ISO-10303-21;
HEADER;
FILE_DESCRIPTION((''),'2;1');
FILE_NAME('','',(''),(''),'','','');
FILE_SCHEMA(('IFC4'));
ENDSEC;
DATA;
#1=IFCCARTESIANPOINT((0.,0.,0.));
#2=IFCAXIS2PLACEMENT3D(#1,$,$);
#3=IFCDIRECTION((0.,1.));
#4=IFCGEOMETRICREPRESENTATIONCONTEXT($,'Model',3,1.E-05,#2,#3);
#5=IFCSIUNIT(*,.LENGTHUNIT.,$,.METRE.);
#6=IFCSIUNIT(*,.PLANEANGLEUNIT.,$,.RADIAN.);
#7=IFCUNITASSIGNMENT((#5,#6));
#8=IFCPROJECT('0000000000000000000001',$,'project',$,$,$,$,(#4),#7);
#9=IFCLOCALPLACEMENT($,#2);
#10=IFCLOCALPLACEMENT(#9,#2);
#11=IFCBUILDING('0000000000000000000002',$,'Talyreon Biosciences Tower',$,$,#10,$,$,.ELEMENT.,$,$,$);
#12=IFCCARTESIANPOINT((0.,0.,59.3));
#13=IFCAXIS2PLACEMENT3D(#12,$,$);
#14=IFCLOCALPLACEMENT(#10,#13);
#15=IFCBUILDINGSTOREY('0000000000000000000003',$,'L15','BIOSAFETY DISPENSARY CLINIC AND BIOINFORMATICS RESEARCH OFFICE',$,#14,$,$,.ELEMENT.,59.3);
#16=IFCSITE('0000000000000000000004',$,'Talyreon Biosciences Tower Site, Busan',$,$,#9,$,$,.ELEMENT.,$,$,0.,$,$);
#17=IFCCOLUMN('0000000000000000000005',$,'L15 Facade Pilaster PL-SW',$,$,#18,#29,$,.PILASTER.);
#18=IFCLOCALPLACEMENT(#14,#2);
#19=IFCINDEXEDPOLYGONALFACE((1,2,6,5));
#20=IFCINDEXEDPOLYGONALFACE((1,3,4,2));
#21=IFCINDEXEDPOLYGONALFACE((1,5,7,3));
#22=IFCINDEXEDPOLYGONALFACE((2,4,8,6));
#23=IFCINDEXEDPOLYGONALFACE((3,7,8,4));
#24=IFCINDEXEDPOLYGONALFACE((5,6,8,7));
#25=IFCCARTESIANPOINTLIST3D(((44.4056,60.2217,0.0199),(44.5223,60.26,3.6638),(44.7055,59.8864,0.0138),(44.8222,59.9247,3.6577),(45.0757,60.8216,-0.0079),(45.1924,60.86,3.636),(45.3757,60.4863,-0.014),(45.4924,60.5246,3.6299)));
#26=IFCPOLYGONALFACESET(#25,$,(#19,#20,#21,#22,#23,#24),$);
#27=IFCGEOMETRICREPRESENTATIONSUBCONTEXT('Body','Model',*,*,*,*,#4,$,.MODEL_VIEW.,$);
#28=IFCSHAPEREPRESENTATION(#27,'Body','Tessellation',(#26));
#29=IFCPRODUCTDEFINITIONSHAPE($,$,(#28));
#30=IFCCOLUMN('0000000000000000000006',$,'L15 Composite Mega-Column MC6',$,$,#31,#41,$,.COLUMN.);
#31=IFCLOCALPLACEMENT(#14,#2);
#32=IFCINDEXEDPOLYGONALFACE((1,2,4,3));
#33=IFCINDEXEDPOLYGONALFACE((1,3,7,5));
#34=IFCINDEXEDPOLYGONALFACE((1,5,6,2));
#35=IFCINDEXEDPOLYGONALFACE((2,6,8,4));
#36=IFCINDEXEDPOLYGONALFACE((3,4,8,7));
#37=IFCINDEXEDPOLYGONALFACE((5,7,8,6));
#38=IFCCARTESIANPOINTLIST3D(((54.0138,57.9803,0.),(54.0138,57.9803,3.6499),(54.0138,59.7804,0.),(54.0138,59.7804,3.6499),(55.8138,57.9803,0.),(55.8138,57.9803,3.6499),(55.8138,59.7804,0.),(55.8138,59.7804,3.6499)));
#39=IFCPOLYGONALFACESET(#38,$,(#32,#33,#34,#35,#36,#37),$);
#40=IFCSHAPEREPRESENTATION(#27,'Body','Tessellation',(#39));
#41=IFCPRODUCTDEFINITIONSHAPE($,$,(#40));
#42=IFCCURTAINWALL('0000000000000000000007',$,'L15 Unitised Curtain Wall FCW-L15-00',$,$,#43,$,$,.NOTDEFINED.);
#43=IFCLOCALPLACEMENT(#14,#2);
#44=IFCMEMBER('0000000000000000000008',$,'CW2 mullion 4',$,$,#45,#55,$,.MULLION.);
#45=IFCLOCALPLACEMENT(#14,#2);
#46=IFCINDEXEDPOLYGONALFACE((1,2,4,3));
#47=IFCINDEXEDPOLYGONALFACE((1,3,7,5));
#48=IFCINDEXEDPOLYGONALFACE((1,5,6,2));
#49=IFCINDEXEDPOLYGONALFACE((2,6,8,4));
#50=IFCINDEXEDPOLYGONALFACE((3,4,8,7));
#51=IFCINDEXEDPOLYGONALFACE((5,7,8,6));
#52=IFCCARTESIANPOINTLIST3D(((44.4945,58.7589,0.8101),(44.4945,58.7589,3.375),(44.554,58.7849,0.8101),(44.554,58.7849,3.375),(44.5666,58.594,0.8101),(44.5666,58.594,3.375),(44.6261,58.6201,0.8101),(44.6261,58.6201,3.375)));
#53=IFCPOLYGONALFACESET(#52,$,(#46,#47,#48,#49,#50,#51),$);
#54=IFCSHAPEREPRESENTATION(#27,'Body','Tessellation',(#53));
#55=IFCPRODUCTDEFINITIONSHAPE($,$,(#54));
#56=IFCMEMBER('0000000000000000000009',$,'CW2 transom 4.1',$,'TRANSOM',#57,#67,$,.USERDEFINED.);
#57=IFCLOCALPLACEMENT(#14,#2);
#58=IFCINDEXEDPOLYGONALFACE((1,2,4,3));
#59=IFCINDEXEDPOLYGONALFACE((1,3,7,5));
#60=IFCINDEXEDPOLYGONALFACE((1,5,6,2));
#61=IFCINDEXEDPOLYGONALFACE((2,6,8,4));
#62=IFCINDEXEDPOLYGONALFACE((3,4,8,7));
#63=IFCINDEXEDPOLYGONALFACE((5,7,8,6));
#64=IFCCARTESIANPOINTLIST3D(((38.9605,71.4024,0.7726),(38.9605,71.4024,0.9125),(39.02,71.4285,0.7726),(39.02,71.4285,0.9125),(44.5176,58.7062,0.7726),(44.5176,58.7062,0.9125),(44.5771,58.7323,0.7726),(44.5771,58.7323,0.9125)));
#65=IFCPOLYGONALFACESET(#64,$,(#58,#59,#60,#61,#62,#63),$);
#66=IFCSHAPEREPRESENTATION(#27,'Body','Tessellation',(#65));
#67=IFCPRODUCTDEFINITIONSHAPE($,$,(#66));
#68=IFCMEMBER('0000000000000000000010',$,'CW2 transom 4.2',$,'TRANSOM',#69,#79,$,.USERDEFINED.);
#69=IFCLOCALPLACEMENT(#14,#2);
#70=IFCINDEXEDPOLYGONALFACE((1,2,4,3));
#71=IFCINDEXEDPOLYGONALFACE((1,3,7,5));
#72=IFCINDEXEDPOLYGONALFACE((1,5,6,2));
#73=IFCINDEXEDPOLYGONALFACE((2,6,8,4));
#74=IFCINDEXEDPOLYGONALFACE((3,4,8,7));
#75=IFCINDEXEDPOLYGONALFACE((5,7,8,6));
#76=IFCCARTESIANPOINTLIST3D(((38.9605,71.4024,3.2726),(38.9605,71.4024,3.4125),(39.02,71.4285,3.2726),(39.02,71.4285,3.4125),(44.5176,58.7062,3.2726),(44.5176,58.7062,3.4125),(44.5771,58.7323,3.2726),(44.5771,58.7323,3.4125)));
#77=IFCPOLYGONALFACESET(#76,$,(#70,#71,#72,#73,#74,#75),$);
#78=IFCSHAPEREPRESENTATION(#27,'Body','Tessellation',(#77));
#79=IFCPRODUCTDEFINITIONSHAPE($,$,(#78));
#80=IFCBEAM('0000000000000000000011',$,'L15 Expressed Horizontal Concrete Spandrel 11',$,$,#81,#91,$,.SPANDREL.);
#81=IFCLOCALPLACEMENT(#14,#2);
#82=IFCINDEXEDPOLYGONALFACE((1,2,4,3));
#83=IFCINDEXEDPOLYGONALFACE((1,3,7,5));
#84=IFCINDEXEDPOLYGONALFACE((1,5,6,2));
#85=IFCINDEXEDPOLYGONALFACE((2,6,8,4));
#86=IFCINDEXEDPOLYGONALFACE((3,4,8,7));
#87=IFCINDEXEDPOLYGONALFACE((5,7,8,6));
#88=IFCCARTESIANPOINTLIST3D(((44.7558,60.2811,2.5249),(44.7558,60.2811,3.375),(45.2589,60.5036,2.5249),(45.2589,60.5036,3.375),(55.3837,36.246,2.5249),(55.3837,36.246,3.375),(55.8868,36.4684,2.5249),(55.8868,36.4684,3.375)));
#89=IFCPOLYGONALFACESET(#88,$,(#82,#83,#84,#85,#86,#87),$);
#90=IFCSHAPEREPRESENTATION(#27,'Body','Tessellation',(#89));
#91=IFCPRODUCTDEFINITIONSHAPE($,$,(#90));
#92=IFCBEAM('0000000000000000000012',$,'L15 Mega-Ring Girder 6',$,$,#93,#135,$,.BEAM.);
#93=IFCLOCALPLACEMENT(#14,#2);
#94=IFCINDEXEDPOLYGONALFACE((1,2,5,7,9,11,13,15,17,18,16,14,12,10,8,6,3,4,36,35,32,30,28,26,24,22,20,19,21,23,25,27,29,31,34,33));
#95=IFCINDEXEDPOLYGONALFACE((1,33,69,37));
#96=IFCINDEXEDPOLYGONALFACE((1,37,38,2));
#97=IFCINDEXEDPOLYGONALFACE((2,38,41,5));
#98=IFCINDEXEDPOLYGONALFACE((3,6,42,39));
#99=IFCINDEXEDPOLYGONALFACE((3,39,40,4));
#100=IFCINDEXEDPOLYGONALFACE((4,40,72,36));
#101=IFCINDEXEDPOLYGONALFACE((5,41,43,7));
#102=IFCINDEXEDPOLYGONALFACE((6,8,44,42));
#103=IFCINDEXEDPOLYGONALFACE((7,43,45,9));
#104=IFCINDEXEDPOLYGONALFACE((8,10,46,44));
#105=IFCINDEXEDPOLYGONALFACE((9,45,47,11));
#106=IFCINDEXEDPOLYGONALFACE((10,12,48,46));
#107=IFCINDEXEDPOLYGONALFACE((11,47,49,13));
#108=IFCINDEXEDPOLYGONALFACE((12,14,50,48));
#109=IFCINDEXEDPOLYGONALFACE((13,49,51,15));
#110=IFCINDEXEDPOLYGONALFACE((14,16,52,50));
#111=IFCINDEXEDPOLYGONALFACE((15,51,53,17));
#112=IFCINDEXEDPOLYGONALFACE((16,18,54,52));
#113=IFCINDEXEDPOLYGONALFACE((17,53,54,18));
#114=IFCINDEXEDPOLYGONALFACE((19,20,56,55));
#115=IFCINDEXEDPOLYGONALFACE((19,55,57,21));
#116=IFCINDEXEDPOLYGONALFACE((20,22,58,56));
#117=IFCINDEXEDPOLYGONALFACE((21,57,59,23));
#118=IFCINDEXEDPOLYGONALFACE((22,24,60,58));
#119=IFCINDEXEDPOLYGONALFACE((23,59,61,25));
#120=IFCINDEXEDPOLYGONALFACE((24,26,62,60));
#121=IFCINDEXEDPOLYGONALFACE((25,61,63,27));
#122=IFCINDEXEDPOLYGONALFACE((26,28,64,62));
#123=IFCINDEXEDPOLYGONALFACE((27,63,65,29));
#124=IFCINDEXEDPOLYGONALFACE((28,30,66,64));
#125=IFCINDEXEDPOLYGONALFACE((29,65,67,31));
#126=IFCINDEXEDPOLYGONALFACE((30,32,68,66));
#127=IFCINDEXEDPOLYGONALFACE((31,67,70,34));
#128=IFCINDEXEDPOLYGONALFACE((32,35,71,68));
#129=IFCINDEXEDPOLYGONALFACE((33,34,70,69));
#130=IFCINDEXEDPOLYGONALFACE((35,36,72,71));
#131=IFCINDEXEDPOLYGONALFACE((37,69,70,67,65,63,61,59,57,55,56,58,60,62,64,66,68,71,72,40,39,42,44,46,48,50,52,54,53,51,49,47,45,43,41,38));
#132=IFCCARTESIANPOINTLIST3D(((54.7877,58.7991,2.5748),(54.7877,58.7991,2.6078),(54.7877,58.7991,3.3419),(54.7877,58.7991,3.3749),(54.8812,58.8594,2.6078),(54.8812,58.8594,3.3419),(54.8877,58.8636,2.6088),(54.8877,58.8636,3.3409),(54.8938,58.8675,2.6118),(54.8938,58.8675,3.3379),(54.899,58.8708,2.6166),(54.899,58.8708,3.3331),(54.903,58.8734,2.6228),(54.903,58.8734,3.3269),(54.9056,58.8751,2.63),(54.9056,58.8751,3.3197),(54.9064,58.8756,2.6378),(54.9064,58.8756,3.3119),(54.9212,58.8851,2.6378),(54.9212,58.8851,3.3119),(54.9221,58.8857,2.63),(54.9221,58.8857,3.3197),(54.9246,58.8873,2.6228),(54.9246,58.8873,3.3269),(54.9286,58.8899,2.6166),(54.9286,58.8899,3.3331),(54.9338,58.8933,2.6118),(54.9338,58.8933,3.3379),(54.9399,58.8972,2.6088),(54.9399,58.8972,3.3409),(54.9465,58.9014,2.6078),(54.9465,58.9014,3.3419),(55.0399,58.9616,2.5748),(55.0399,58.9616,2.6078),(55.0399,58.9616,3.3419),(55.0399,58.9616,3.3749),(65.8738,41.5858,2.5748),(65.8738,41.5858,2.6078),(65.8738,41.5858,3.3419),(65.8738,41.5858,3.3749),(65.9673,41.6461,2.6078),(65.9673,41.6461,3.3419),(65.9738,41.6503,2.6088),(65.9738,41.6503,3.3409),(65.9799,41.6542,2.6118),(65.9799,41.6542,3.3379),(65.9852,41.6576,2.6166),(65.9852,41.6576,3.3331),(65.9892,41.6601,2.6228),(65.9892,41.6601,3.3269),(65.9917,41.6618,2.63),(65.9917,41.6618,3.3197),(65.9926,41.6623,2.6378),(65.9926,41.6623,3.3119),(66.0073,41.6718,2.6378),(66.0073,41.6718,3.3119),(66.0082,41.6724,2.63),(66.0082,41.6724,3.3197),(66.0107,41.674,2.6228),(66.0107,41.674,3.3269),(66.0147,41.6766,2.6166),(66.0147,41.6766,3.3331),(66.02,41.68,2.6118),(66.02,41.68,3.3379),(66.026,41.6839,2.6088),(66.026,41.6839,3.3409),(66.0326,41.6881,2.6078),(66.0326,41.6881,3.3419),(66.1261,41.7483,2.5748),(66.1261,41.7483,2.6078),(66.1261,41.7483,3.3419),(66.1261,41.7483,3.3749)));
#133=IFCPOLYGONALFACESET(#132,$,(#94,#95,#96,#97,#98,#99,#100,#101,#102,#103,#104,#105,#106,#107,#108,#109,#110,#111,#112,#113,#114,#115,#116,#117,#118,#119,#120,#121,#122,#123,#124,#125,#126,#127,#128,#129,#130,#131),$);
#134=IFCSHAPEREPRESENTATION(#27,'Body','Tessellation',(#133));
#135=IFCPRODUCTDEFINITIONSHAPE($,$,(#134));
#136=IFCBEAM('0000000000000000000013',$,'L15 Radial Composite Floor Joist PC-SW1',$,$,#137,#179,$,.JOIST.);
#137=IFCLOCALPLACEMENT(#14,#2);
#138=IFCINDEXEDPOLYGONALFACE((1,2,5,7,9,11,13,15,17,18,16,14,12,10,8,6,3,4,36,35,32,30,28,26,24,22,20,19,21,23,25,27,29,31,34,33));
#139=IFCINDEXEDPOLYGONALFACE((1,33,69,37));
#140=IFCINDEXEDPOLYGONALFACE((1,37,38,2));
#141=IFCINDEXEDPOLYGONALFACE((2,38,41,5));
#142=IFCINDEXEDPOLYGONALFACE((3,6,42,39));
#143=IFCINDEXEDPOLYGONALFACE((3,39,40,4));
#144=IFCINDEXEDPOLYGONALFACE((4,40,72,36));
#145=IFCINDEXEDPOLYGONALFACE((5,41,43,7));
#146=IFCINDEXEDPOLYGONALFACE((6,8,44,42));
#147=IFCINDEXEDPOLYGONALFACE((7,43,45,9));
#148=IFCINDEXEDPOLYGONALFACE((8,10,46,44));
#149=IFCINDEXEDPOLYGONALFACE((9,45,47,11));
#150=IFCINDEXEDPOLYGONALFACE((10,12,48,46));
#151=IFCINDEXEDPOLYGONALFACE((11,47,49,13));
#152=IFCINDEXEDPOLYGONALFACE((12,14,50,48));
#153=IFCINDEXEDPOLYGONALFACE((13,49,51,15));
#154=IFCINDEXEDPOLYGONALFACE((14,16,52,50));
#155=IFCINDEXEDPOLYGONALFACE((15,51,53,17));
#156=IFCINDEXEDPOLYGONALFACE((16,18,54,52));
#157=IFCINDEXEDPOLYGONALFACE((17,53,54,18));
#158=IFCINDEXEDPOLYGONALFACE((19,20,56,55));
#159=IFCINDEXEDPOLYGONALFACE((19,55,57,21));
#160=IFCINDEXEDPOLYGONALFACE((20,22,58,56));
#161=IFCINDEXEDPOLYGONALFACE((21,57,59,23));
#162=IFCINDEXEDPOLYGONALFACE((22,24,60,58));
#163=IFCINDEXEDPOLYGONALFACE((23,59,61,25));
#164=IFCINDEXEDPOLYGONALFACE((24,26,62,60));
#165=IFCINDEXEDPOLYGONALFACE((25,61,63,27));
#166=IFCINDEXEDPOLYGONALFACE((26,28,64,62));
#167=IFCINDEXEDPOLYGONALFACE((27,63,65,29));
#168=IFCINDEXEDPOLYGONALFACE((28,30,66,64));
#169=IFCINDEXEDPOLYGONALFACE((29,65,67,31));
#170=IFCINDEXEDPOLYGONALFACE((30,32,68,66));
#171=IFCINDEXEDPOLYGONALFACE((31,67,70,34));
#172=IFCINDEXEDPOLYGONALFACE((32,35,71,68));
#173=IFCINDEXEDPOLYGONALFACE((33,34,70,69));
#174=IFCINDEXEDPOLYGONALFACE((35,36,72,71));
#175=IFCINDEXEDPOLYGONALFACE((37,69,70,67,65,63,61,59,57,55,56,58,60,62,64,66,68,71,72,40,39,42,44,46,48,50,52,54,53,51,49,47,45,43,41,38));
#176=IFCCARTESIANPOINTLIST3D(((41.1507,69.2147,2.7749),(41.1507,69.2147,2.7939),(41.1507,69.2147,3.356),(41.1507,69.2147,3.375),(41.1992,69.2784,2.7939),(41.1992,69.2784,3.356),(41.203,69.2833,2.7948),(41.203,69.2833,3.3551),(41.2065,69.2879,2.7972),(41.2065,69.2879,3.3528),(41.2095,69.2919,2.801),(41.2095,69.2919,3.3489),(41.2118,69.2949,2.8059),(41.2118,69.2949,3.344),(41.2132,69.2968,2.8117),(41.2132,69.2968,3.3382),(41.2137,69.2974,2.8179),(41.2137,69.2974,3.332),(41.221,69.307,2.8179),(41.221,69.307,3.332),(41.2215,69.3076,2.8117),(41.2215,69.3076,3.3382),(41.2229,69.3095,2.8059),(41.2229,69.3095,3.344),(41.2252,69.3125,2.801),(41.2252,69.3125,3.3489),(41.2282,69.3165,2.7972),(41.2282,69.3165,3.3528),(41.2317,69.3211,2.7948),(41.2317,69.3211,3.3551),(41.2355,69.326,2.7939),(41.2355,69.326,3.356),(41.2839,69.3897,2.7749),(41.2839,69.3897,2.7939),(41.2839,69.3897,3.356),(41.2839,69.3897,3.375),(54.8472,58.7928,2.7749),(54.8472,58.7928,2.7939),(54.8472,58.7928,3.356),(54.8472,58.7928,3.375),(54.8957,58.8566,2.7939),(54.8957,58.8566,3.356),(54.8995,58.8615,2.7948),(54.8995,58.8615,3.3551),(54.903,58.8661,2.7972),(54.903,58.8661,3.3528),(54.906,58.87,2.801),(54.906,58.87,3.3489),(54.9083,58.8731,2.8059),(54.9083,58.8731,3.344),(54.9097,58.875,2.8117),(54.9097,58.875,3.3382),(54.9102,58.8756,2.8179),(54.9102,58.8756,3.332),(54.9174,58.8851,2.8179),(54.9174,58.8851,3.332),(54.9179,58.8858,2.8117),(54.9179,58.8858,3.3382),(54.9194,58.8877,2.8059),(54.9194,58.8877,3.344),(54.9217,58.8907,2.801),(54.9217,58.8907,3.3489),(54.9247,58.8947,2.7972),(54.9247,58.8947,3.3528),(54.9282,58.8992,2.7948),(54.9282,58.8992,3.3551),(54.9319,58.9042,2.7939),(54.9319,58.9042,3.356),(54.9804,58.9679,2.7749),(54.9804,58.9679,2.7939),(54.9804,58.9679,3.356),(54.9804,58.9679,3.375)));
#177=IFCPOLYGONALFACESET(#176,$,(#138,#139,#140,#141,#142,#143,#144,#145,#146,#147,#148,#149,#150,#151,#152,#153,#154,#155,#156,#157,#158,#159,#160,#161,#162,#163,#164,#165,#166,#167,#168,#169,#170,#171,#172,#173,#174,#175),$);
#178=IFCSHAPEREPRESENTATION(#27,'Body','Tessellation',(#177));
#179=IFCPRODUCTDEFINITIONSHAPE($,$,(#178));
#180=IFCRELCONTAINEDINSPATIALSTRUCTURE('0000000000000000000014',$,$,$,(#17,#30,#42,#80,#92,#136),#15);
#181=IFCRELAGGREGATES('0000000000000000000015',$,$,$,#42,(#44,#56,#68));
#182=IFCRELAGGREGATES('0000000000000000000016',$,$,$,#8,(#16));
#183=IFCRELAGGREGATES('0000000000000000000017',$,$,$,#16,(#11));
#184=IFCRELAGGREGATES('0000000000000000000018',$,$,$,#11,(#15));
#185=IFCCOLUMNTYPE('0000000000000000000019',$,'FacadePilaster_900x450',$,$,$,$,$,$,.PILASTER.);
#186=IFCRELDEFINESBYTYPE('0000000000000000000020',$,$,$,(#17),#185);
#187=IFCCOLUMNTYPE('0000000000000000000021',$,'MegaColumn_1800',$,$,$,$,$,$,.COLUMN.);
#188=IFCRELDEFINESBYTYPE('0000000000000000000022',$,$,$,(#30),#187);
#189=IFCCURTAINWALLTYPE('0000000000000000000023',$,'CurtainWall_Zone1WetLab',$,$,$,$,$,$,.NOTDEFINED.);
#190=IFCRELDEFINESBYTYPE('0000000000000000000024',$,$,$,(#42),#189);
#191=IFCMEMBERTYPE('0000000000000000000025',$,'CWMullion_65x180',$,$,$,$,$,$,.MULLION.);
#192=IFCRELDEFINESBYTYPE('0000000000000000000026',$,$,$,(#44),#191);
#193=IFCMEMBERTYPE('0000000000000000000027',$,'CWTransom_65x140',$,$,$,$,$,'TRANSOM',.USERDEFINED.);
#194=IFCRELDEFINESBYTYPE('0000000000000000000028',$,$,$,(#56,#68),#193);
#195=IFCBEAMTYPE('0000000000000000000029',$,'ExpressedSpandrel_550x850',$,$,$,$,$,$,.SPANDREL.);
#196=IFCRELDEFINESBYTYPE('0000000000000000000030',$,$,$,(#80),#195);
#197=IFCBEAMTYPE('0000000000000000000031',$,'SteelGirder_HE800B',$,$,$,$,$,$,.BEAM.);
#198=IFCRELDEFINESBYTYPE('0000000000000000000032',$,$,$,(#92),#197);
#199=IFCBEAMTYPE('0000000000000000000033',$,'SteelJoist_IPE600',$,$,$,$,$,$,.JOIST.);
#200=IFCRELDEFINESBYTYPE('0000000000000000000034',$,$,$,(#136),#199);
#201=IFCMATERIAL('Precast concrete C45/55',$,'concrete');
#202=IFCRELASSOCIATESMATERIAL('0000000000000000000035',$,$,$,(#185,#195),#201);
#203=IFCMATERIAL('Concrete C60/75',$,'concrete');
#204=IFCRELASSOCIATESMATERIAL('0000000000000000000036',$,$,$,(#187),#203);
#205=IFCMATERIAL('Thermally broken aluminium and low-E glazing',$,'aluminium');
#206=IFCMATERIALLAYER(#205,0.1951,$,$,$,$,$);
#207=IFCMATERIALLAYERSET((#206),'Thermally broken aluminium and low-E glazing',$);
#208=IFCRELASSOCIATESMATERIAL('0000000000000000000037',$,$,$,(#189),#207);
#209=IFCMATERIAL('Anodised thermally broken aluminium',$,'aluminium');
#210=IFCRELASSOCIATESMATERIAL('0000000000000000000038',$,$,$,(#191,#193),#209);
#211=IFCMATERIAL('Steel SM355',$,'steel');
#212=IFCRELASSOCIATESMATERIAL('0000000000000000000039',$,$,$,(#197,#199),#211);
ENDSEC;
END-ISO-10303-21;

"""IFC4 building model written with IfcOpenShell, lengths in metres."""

from ifc_helpers import new_model, si_unit, direction, frame, origin, origin_2d, place, context, subcontext, project, spatial, rectangle, i_section, extrude, material, layer, layer_set, material_profile, profile_set, type_object, element, aggregate, save


model = new_model("IFC4")

# Units and contexts
model_context = context("Model", 3, precision=1e-05, world=origin(), true_north=direction((0.0, 1.0)))
body_context = subcontext(model_context, "Body", "Model", "MODEL_VIEW")
ifc_project = project(units=[si_unit("LENGTHUNIT", "METRE"), si_unit("PLANEANGLEUNIT", "RADIAN")], contexts=[model_context])

# Site, building, storey
site_placement = place(None, origin())
site = spatial("IfcSite", under=ifc_project, at=site_placement, Name="Talyreon Biosciences Tower Site, Busan", CompositionType="ELEMENT", RefElevation=0.0)
building_placement = place(site_placement, origin())
building = spatial("IfcBuilding", under=site, at=building_placement, Name="Talyreon Biosciences Tower", CompositionType="ELEMENT")
storey_placement = place(building_placement, frame((0.0, 0.0, 59.3)))
storey = spatial("IfcBuildingStorey", under=building, at=storey_placement, Name="L15", Description="BIOSAFETY DISPENSARY CLINIC AND BIOINFORMATICS RESEARCH OFFICE", CompositionType="ELEMENT", Elevation=59.3)

# Columns
ifc_material_1 = material(Name="Precast concrete C45/55", Category="concrete")
ifc_material_profile_1 = material_profile(ifc_material_1, rectangle(XDim=0.8999, YDim=0.45, at=origin_2d()), Name="RC 900x450")
ifc_profile_set_1 = profile_set([ifc_material_profile_1], Name="Precast concrete C45/55")
column_type_1 = type_object("IfcColumnType", Name="FacadePilaster_900x450", PredefinedType="PILASTER", material=ifc_profile_set_1)
column_1_placement = place(storey_placement, frame((44.8906, 60.354, 0.0029), z_axis=(0.032006, 0.010513, 0.999432), x_axis=(0.744728, 0.666655, -0.030862)))
element("IfcColumn", 1, at=column_1_placement, inside=storey, type_object=column_type_1, Name="L15 Facade Pilaster PL-SW", PredefinedType="PILASTER", context=body_context, shape_type="SweptSolid", body=[
    extrude(rectangle(XDim=0.8999, YDim=0.45, at=origin_2d()), origin(), (0.0, 0.0, 1.0), 3.646),
])
ifc_material_2 = material(Name="Concrete C60/75", Category="concrete")
ifc_material_profile_2 = material_profile(ifc_material_2, rectangle(XDim=1.8, YDim=1.8, at=origin_2d()), Name="RC 1800x1800")
ifc_profile_set_2 = profile_set([ifc_material_profile_2], Name="Concrete C60/75")
column_type_2 = type_object("IfcColumnType", Name="MegaColumn_1800", PredefinedType="COLUMN", material=ifc_profile_set_2)
column_2_placement = place(storey_placement, frame((54.9138, 58.8804, 0.0), z_axis=(0.0, 0.0, 1.0), x_axis=(1.0, 0.0, 0.0)))
element("IfcColumn", 2, at=column_2_placement, inside=storey, type_object=column_type_2, Name="L15 Composite Mega-Column MC6", PredefinedType="COLUMN", context=body_context, shape_type="SweptSolid", body=[
    extrude(rectangle(XDim=1.8, YDim=1.8, at=origin_2d()), origin(), (0.0, 0.0, 1.0), 3.6499),
])

# Curtain wall, members
ifc_material_3 = material(Name="Thermally broken aluminium and low-E glazing", Category="aluminium")
ifc_layer_1 = layer(ifc_material_3, 0.1951)
ifc_layer_set_1 = layer_set([ifc_layer_1], Name="Thermally broken aluminium and low-E glazing")
curtain_wall_type = type_object("IfcCurtainWallType", Name="CurtainWall_Zone1WetLab", PredefinedType="NOTDEFINED", material=ifc_layer_set_1)
curtain_wall_placement = place(storey_placement, origin())
curtain_wall = element("IfcCurtainWall", 3, at=curtain_wall_placement, inside=storey, type_object=curtain_wall_type, Name="L15 Unitised Curtain Wall FCW-L15-00", PredefinedType="NOTDEFINED")
ifc_material_4 = material(Name="Anodised thermally broken aluminium", Category="aluminium")
ifc_material_profile_3 = material_profile(ifc_material_4, rectangle(XDim=0.0649, YDim=0.1799, at=origin_2d()), Name="ALUM MULLION 65x180")
ifc_profile_set_3 = profile_set([ifc_material_profile_3], Name="Anodised thermally broken aluminium")
member_type_1 = type_object("IfcMemberType", Name="CWMullion_65x180", PredefinedType="MULLION", material=ifc_profile_set_3)
member_1_placement = place(storey_placement, frame((44.5603, 58.6895, 0.8101), z_axis=(0.0, 0.0, 1.0), x_axis=(-0.916092, -0.400968, 0.0)))
member_1 = element("IfcMember", 4, at=member_1_placement, type_object=member_type_1, Name="CW2 mullion 4", PredefinedType="MULLION", context=body_context, shape_type="SweptSolid", body=[
    extrude(rectangle(XDim=0.0649, YDim=0.1799, at=origin_2d()), origin(), (0.0, 0.0, 1.0), 2.5649),
])
ifc_material_profile_4 = material_profile(ifc_material_4, rectangle(XDim=0.0649, YDim=0.1399, at=origin_2d()), Name="ALUM TRANSOM 65x140")
ifc_profile_set_4 = profile_set([ifc_material_profile_4], Name="Anodised thermally broken aluminium")
member_type_2 = type_object("IfcMemberType", Name="CWTransom_65x140", ElementType="TRANSOM", PredefinedType="USERDEFINED", material=ifc_profile_set_4)
member_2_placement = place(storey_placement, frame((44.5474, 58.7192, 0.8425), z_axis=(-0.40097, 0.916091, 0.0), x_axis=(-0.916091, -0.40097, 0.0)))
member_2 = element("IfcMember", 5, at=member_2_placement, type_object=member_type_2, Name="CW2 transom 4.1", ObjectType="TRANSOM", PredefinedType="USERDEFINED", context=body_context, shape_type="SweptSolid", body=[
    extrude(rectangle(XDim=0.0649, YDim=0.1399, at=origin_2d()), origin(), (0.0, 0.0, 1.0), 13.8591),
])
member_3_placement = place(storey_placement, frame((44.5474, 58.7192, 3.3425), z_axis=(-0.40097, 0.916091, 0.0), x_axis=(-0.916091, -0.40097, 0.0)))
member_3 = element("IfcMember", 6, at=member_3_placement, type_object=member_type_2, Name="CW2 transom 4.2", ObjectType="TRANSOM", PredefinedType="USERDEFINED", context=body_context, shape_type="SweptSolid", body=[
    extrude(rectangle(XDim=0.0649, YDim=0.1399, at=origin_2d()), origin(), (0.0, 0.0, 1.0), 13.8591),
])

# Beams
ifc_material_profile_5 = material_profile(ifc_material_1, rectangle(XDim=0.55, YDim=0.8501, at=origin_2d()), Name="RCB 550x850")
ifc_profile_set_5 = profile_set([ifc_material_profile_5], Name="Precast concrete C45/55")
beam_type_1 = type_object("IfcBeamType", Name="ExpressedSpandrel_550x850", PredefinedType="SPANDREL", material=ifc_profile_set_5)
beam_1_placement = place(storey_placement, frame((45.0073, 60.3923, 2.95), z_axis=(0.40441, -0.914578, 0.0), x_axis=(0.914578, 0.40441, 0.0)))
element("IfcBeam", 7, at=beam_1_placement, inside=storey, type_object=beam_type_1, Name="L15 Expressed Horizontal Concrete Spandrel 11", PredefinedType="SPANDREL", context=body_context, shape_type="SweptSolid", body=[
    extrude(rectangle(XDim=0.55, YDim=0.8501, at=origin_2d()), origin(), (0.0, 0.0, 1.0), 26.28),
])
ifc_material_5 = material(Name="Steel SM355", Category="steel")
ifc_material_profile_6 = material_profile(ifc_material_5, i_section(OverallWidth=0.3, OverallDepth=0.8, WebThickness=0.0176, FlangeThickness=0.033, FilletRadius=0.03, at=origin_2d()), Name="HE800B")
ifc_profile_set_6 = profile_set([ifc_material_profile_6], Name="Steel SM355")
beam_type_2 = type_object("IfcBeamType", Name="SteelGirder_HE800B", PredefinedType="BEAM", material=ifc_profile_set_6)
beam_2_placement = place(storey_placement, frame((54.9138, 58.8804, 2.9749), z_axis=(0.541464, -0.840724, 0.0), x_axis=(0.840724, 0.541464, 0.0)))
element("IfcBeam", 8, at=beam_2_placement, inside=storey, type_object=beam_type_2, Name="L15 Mega-Ring Girder 6", PredefinedType="BEAM", context=body_context, shape_type="SweptSolid", body=[
    extrude(i_section(OverallWidth=0.3, OverallDepth=0.8, WebThickness=0.0176, FlangeThickness=0.033, FilletRadius=0.03, at=origin_2d()), origin(), (0.0, 0.0, 1.0), 20.4744),
])
ifc_material_profile_7 = material_profile(ifc_material_5, i_section(OverallWidth=0.22, OverallDepth=0.6001, WebThickness=0.012, FlangeThickness=0.019, FilletRadius=0.0239, at=origin_2d()), Name="IPE600")
ifc_profile_set_7 = profile_set([ifc_material_profile_7], Name="Steel SM355")
beam_type_3 = type_object("IfcBeamType", Name="SteelJoist_IPE600", PredefinedType="JOIST", material=ifc_profile_set_7)
beam_3_placement = place(storey_placement, frame((54.9138, 58.8804, 3.075), z_axis=(-0.795812, 0.605544, 0.0), x_axis=(-0.605544, -0.795812, 0.0)))
element("IfcBeam", 9, at=beam_3_placement, inside=storey, type_object=beam_type_3, Name="L15 Radial Composite Floor Joist PC-SW1", PredefinedType="JOIST", context=body_context, shape_type="SweptSolid", body=[
    extrude(i_section(OverallWidth=0.22, OverallDepth=0.6001, WebThickness=0.012, FlangeThickness=0.019, FilletRadius=0.0239, at=origin_2d()), origin(), (0.0, 0.0, 1.0), 17.2107),
])

aggregate(curtain_wall, [member_1, member_2, member_3])

save(model, "model.ifc")
